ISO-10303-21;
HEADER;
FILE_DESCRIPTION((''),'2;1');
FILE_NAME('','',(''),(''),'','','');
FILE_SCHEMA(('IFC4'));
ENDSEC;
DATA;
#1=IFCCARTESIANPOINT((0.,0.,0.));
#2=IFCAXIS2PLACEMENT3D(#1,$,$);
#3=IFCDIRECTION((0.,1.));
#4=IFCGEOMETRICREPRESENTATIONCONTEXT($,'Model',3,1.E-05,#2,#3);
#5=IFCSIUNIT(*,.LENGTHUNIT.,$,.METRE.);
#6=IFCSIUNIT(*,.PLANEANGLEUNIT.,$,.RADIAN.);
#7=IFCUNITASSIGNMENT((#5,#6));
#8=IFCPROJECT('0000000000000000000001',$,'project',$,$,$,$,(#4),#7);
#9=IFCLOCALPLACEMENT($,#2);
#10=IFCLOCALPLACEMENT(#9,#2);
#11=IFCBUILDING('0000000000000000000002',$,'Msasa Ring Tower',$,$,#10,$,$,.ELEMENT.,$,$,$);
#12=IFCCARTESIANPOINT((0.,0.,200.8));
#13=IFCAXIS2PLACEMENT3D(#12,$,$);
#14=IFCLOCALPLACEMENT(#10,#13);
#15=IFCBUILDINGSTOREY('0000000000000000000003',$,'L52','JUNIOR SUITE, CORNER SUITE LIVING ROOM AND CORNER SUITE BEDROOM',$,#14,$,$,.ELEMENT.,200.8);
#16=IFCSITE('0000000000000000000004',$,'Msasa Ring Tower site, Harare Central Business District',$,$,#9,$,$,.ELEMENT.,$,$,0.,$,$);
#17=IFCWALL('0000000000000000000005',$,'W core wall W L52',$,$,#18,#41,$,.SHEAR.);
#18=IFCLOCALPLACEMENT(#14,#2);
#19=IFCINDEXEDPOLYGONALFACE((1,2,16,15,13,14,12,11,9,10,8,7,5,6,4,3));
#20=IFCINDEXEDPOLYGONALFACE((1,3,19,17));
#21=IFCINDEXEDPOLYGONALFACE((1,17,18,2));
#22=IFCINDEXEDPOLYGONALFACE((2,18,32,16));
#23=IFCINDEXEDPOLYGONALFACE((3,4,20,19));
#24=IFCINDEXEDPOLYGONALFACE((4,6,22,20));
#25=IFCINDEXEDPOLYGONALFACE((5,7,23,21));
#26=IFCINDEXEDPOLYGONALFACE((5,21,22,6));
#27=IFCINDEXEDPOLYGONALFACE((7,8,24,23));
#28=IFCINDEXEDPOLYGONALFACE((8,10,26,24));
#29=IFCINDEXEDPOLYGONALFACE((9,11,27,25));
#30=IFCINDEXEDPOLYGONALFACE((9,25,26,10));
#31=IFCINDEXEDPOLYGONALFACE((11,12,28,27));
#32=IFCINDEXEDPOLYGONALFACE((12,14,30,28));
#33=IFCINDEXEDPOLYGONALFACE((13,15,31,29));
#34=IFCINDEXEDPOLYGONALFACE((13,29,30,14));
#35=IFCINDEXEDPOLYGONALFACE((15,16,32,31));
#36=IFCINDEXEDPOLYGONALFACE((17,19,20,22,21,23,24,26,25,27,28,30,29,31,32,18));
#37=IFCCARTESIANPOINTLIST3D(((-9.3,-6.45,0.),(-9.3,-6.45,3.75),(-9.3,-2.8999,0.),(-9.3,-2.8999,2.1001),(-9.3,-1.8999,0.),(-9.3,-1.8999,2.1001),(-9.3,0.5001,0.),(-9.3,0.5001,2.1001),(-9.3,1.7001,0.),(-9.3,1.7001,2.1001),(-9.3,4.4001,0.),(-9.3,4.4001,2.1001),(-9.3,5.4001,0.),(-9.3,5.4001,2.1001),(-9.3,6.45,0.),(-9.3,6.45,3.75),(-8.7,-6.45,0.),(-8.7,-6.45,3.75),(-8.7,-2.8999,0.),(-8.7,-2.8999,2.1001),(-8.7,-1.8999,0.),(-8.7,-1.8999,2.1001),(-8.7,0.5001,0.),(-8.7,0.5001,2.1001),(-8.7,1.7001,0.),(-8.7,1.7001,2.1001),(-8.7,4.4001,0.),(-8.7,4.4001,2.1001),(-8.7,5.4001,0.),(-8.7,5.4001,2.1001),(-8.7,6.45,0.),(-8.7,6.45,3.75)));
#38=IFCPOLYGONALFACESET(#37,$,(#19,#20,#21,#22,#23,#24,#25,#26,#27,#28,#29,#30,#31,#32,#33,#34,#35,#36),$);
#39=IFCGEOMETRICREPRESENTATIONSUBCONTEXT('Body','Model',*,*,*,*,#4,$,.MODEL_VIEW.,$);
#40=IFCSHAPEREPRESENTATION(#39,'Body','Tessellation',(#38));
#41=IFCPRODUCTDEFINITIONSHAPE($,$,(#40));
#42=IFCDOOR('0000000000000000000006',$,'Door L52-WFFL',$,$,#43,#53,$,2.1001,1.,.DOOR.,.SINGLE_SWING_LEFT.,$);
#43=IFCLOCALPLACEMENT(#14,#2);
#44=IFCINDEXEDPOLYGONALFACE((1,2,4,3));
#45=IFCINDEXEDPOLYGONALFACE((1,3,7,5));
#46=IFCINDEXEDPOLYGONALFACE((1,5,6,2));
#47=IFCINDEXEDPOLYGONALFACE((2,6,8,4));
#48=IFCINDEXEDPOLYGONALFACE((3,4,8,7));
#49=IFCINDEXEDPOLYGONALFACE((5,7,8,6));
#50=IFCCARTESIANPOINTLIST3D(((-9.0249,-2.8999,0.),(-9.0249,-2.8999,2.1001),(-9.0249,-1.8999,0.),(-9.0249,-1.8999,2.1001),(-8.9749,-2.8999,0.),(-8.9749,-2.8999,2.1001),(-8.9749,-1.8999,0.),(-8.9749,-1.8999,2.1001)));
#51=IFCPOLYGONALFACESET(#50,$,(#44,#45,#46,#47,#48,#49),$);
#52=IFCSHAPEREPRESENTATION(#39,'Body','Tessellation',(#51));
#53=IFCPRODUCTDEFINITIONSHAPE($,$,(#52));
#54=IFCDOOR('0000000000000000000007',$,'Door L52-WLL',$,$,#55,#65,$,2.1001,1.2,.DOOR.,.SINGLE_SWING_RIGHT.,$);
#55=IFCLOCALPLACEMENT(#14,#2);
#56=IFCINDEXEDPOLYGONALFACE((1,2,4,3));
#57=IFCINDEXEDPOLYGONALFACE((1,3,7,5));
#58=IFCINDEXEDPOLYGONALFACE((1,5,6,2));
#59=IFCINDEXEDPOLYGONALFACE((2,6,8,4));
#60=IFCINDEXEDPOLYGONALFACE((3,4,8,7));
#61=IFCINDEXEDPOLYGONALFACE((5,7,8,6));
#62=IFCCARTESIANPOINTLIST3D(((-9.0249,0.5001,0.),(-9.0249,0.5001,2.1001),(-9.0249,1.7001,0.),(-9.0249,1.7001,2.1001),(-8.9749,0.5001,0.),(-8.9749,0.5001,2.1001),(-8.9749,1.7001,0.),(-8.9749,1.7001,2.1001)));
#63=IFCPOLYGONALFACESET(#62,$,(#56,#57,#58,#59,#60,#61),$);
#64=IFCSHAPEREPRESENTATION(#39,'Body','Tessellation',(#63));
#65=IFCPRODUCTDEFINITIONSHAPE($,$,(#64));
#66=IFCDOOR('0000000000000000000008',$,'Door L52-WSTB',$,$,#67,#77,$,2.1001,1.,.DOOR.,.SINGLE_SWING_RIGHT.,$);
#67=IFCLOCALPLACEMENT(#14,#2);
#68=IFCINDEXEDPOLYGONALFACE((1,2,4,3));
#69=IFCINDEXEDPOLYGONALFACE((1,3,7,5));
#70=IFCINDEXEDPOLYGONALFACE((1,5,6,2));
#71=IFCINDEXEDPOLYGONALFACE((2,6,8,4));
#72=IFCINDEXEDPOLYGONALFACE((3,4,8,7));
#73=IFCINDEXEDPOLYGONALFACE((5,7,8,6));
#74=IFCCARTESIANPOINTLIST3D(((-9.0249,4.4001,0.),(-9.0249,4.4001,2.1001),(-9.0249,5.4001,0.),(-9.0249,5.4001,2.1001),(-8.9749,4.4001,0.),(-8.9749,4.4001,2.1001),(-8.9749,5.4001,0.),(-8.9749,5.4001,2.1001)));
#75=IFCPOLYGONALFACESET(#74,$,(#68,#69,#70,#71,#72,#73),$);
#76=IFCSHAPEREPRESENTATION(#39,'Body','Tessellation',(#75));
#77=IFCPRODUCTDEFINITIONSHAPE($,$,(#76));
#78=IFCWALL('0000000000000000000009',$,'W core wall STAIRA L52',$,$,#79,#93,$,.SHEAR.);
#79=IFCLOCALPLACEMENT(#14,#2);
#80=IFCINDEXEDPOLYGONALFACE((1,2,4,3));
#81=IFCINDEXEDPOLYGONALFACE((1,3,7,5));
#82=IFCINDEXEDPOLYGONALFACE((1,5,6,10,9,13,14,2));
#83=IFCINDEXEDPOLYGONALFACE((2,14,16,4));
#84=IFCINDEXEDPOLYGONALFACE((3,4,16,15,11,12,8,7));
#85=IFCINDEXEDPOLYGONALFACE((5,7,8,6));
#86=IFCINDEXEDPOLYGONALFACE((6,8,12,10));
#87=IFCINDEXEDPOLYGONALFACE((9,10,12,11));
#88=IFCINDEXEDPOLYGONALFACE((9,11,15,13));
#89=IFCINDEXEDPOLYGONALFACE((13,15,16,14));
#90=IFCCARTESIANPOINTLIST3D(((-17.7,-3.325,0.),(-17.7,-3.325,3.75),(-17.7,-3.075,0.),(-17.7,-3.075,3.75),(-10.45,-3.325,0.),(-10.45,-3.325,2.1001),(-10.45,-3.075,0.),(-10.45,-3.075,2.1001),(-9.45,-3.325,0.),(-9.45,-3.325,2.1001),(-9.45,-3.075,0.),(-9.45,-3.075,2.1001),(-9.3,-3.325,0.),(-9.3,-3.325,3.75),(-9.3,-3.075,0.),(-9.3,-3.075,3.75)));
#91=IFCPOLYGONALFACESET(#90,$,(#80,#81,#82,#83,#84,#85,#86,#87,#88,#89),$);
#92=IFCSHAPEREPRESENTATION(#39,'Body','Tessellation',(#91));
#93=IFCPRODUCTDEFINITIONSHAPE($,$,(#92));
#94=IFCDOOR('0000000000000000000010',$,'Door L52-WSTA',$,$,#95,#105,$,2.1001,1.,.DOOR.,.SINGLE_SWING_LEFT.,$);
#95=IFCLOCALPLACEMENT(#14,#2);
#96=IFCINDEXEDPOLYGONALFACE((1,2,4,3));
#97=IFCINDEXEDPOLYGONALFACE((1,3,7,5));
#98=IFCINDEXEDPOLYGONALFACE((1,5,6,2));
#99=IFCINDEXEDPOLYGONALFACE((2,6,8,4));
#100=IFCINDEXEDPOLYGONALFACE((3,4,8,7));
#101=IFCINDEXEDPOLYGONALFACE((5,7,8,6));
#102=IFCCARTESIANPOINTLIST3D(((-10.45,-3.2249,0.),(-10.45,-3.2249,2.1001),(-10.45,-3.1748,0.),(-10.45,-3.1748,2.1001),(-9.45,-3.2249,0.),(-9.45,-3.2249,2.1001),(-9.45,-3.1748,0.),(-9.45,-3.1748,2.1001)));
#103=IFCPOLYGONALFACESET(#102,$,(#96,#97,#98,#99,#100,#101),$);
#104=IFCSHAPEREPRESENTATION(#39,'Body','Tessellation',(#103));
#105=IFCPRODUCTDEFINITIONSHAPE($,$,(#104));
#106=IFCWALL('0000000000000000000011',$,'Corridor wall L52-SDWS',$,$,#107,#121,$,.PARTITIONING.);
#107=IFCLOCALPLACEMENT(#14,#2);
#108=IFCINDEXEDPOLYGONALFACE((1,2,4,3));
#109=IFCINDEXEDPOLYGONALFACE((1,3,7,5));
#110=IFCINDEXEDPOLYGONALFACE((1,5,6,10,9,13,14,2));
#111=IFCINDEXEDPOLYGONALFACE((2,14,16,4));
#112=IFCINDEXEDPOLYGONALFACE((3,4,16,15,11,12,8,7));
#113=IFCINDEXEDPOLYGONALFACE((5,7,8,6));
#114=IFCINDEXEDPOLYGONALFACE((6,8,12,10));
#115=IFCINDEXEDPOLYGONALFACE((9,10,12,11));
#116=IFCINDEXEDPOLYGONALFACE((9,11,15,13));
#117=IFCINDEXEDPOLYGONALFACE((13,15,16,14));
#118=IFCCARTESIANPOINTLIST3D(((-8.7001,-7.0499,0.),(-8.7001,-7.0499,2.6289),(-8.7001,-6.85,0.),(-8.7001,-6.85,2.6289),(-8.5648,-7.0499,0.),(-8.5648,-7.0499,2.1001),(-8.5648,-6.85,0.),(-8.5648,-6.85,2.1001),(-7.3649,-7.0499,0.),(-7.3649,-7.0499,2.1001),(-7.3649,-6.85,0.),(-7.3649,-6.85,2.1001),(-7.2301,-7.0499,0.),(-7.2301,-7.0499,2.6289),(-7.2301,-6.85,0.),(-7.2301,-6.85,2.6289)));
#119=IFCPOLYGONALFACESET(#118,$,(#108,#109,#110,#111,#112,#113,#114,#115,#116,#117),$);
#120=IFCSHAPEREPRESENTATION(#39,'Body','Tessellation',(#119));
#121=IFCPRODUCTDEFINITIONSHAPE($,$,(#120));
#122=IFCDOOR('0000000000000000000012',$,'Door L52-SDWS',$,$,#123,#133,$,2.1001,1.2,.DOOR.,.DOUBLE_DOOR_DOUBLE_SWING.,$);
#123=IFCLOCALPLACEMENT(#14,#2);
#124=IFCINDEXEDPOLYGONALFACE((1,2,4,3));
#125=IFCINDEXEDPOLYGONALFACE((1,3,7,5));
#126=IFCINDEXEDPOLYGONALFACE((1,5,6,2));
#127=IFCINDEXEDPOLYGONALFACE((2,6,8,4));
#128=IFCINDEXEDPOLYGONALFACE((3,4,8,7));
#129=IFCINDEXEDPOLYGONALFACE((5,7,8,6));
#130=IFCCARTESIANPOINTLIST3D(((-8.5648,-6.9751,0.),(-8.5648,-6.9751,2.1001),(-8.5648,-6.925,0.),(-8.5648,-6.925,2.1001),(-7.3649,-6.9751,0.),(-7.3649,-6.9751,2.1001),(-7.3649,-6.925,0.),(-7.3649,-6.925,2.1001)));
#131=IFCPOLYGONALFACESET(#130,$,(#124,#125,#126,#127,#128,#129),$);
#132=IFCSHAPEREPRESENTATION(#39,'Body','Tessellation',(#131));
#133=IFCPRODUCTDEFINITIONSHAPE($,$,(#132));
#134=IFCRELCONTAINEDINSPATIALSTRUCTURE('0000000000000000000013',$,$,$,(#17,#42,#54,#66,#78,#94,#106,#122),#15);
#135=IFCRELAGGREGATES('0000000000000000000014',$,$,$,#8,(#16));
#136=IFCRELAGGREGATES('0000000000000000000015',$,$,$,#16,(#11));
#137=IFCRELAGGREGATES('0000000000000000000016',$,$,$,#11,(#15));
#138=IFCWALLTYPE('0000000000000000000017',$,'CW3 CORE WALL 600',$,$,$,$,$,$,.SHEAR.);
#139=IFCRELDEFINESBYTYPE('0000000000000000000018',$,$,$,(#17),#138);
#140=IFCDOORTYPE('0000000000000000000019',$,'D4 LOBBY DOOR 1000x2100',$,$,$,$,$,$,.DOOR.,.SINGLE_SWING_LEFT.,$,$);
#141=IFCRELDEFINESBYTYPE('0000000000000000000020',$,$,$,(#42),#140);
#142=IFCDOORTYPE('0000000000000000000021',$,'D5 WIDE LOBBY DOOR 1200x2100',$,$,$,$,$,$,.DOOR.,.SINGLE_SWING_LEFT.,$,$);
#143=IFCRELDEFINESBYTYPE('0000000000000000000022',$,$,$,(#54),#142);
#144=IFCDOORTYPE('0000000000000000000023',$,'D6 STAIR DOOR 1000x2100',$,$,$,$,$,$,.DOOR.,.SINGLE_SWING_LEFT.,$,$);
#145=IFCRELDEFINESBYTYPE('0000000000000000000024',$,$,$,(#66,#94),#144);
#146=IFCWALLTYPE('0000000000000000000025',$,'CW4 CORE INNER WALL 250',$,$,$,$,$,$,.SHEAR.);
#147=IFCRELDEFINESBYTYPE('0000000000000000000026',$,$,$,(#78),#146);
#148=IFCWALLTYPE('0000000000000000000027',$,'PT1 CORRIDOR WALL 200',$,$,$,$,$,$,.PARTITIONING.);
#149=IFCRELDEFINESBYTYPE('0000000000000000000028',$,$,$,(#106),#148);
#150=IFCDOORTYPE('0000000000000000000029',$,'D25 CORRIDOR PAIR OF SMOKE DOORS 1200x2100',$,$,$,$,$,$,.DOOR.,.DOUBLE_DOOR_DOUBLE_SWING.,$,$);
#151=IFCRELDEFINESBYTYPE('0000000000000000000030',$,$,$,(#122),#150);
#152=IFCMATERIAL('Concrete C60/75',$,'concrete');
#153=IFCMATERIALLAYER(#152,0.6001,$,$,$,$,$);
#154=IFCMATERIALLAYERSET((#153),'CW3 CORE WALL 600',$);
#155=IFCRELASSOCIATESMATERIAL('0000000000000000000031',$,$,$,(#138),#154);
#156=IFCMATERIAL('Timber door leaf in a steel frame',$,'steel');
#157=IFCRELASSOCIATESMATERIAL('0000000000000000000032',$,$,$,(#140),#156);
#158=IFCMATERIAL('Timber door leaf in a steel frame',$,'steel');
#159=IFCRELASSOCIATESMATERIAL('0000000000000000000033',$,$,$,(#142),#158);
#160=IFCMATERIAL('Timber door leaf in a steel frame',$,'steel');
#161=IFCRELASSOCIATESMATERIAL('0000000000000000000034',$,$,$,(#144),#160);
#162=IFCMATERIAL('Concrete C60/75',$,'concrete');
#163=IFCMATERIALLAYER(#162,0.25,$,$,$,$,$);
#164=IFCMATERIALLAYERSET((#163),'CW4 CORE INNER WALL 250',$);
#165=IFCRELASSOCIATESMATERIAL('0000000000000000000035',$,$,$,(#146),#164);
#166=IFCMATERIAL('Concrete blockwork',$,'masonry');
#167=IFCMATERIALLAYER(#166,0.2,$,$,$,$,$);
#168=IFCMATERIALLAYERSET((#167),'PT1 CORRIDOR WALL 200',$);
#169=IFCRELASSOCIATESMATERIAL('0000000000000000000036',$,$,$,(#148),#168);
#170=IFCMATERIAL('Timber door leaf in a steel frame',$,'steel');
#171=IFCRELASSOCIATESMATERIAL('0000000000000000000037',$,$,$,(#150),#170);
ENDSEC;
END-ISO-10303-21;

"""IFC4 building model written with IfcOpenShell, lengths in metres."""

from ifc_helpers import new_model, si_unit, direction, frame, frame_2d, origin, place, context, subcontext, project, spatial, rectangle, extrude, material, layer, layer_set, type_object, element, fill, save


model = new_model("IFC4")

# Units and contexts
model_context = context("Model", 3, precision=1e-05, world=origin(), true_north=direction((0.0, 1.0)))
body_context = subcontext(model_context, "Body", "Model", "MODEL_VIEW")
ifc_project = project(units=[si_unit("LENGTHUNIT", "METRE"), si_unit("PLANEANGLEUNIT", "RADIAN")], contexts=[model_context])

# Site, building, storey
site_placement = place(None, origin())
site = spatial("IfcSite", under=ifc_project, at=site_placement, Name="Msasa Ring Tower site, Harare Central Business District", CompositionType="ELEMENT", RefElevation=0.0)
building_placement = place(site_placement, origin())
building = spatial("IfcBuilding", under=site, at=building_placement, Name="Msasa Ring Tower", CompositionType="ELEMENT")
storey_placement = place(building_placement, frame((0.0, 0.0, 200.8)))
storey = spatial("IfcBuildingStorey", under=building, at=storey_placement, Name="L52", Description="JUNIOR SUITE, CORNER SUITE LIVING ROOM AND CORNER SUITE BEDROOM", CompositionType="ELEMENT", Elevation=200.8)

# Shared definitions
ifc_material_1 = material(Name="Concrete C60/75", Category="concrete")
ifc_layer_1 = layer(ifc_material_1, 0.6001)
ifc_layer_set_1 = layer_set([ifc_layer_1], Name="CW3 CORE WALL 600")
wall_type_1 = type_object("IfcWallType", Name="CW3 CORE WALL 600", PredefinedType="SHEAR", material=ifc_layer_set_1)

# Wall, openings, doors
wall_1_placement = place(storey_placement, frame((-9.0, -6.45, 0.0), z_axis=(0.0, 0.0, 1.0), x_axis=(0.0, 1.0, 0.0)))
wall_1 = element("IfcWall", 1, at=wall_1_placement, inside=storey, type_object=wall_type_1, Name="W core wall W L52", PredefinedType="SHEAR", context=body_context, shape_type="SweptSolid", body=[
    extrude(rectangle(XDim=12.8999, YDim=0.6001, at=frame_2d((6.45, 0.0))), origin(), (0.0, 0.0, 1.0), 3.75),
])
opening_1_placement = place(wall_1_placement, frame((3.55, 0.0, 0.0)))
opening_1 = element("IfcOpeningElement", 2, at=opening_1_placement, cuts=wall_1, PredefinedType="OPENING", context=body_context, shape_type="SweptSolid", body=[
    extrude(rectangle(XDim=1.0, YDim=2.1001, at=frame_2d((0.5, 1.05))), frame((0.0, 0.3101, 0.0), z_axis=(0.0, -1.0, 0.0), x_axis=(1.0, 0.0, 0.0)), (0.0, 0.0, 1.0), 0.6201),
])
opening_2_placement = place(wall_1_placement, frame((6.95, 0.0, 0.0)))
opening_2 = element("IfcOpeningElement", 3, at=opening_2_placement, cuts=wall_1, PredefinedType="OPENING", context=body_context, shape_type="SweptSolid", body=[
    extrude(rectangle(XDim=1.2, YDim=2.1001, at=frame_2d((0.6001, 1.05))), frame((0.0, 0.3101, 0.0), z_axis=(0.0, -1.0, 0.0), x_axis=(1.0, 0.0, 0.0)), (0.0, 0.0, 1.0), 0.6201),
])
opening_3_placement = place(wall_1_placement, frame((10.8501, 0.0, 0.0)))
opening_3 = element("IfcOpeningElement", 4, at=opening_3_placement, cuts=wall_1, PredefinedType="OPENING", context=body_context, shape_type="SweptSolid", body=[
    extrude(rectangle(XDim=1.0, YDim=2.1001, at=frame_2d((0.5, 1.05))), frame((0.0, 0.3101, 0.0), z_axis=(0.0, -1.0, 0.0), x_axis=(1.0, 0.0, 0.0)), (0.0, 0.0, 1.0), 0.6201),
])
ifc_material_2 = material(Name="Timber door leaf in a steel frame", Category="steel")
door_type_1 = type_object("IfcDoorType", Name="D4 LOBBY DOOR 1000x2100", OperationType="SINGLE_SWING_LEFT", PredefinedType="DOOR", material=ifc_material_2)
door_1_placement = place(opening_1_placement, origin())
door_1 = element("IfcDoor", 5, at=door_1_placement, inside=storey, type_object=door_type_1, Name="Door L52-WFFL", OperationType="SINGLE_SWING_LEFT", OverallHeight=2.1001, OverallWidth=1.0, PredefinedType="DOOR", context=body_context, shape_type="SweptSolid", body=[
    extrude(rectangle(XDim=1.0, YDim=2.1001, at=frame_2d((0.5, 1.05))), frame((0.0, 0.0249, 0.0), z_axis=(0.0, -1.0, 0.0), x_axis=(1.0, 0.0, 0.0)), (0.0, 0.0, 1.0), 0.05),
])
fill(opening_1, door_1)
ifc_material_3 = material(Name="Timber door leaf in a steel frame", Category="steel")
door_type_2 = type_object("IfcDoorType", Name="D5 WIDE LOBBY DOOR 1200x2100", OperationType="SINGLE_SWING_LEFT", PredefinedType="DOOR", material=ifc_material_3)
door_2_placement = place(opening_2_placement, origin())
door_2 = element("IfcDoor", 6, at=door_2_placement, inside=storey, type_object=door_type_2, Name="Door L52-WLL", OperationType="SINGLE_SWING_RIGHT", OverallHeight=2.1001, OverallWidth=1.2, PredefinedType="DOOR", context=body_context, shape_type="SweptSolid", body=[
    extrude(rectangle(XDim=1.2, YDim=2.1001, at=frame_2d((0.6001, 1.05))), frame((0.0, 0.0249, 0.0), z_axis=(0.0, -1.0, 0.0), x_axis=(1.0, 0.0, 0.0)), (0.0, 0.0, 1.0), 0.05),
])
fill(opening_2, door_2)
ifc_material_4 = material(Name="Timber door leaf in a steel frame", Category="steel")
door_type_3 = type_object("IfcDoorType", Name="D6 STAIR DOOR 1000x2100", OperationType="SINGLE_SWING_LEFT", PredefinedType="DOOR", material=ifc_material_4)
door_3_placement = place(opening_3_placement, origin())
door_3 = element("IfcDoor", 7, at=door_3_placement, inside=storey, type_object=door_type_3, Name="Door L52-WSTB", OperationType="SINGLE_SWING_RIGHT", OverallHeight=2.1001, OverallWidth=1.0, PredefinedType="DOOR", context=body_context, shape_type="SweptSolid", body=[
    extrude(rectangle(XDim=1.0, YDim=2.1001, at=frame_2d((0.5, 1.05))), frame((0.0, 0.0249, 0.0), z_axis=(0.0, -1.0, 0.0), x_axis=(1.0, 0.0, 0.0)), (0.0, 0.0, 1.0), 0.05),
])
fill(opening_3, door_3)

# Walls, openings, doors
ifc_material_5 = material(Name="Concrete C60/75", Category="concrete")
ifc_layer_2 = layer(ifc_material_5, 0.25)
ifc_layer_set_2 = layer_set([ifc_layer_2], Name="CW4 CORE INNER WALL 250")
wall_type_2 = type_object("IfcWallType", Name="CW4 CORE INNER WALL 250", PredefinedType="SHEAR", material=ifc_layer_set_2)
wall_2_placement = place(storey_placement, frame((-9.3, -3.2, 0.0), z_axis=(0.0, 0.0, 1.0), x_axis=(-1.0, 0.0, 0.0)))
wall_2 = element("IfcWall", 8, at=wall_2_placement, inside=storey, type_object=wall_type_2, Name="W core wall STAIRA L52", PredefinedType="SHEAR", context=body_context, shape_type="SweptSolid", body=[
    extrude(rectangle(XDim=8.3999, YDim=0.25, at=frame_2d((4.2, 0.0))), origin(), (0.0, 0.0, 1.0), 3.75),
])
opening_4_placement = place(wall_2_placement, frame((0.1499, 0.0, 0.0)))
opening_4 = element("IfcOpeningElement", 9, at=opening_4_placement, cuts=wall_2, PredefinedType="OPENING", context=body_context, shape_type="SweptSolid", body=[
    extrude(rectangle(XDim=1.0, YDim=2.1001, at=frame_2d((0.5, 1.05))), frame((0.0, 0.135, 0.0), z_axis=(0.0, -1.0, 0.0), x_axis=(1.0, 0.0, 0.0)), (0.0, 0.0, 1.0), 0.27),
])
door_4_placement = place(opening_4_placement, origin())
door_4 = element("IfcDoor", 10, at=door_4_placement, inside=storey, type_object=door_type_3, Name="Door L52-WSTA", OperationType="SINGLE_SWING_LEFT", OverallHeight=2.1001, OverallWidth=1.0, PredefinedType="DOOR", context=body_context, shape_type="SweptSolid", body=[
    extrude(rectangle(XDim=1.0, YDim=2.1001, at=frame_2d((0.5, 1.05))), frame((0.0, 0.0249, 0.0), z_axis=(0.0, -1.0, 0.0), x_axis=(1.0, 0.0, 0.0)), (0.0, 0.0, 1.0), 0.05),
])
fill(opening_4, door_4)
ifc_material_6 = material(Name="Concrete blockwork", Category="masonry")
ifc_layer_3 = layer(ifc_material_6, 0.2)
ifc_layer_set_3 = layer_set([ifc_layer_3], Name="PT1 CORRIDOR WALL 200")
wall_type_3 = type_object("IfcWallType", Name="PT1 CORRIDOR WALL 200", PredefinedType="PARTITIONING", material=ifc_layer_set_3)
wall_3_placement = place(storey_placement, frame((-8.7, -6.95, 0.0), z_axis=(0.0, 0.0, 1.0), x_axis=(1.0, 0.0, 0.0)))
wall_3 = element("IfcWall", 11, at=wall_3_placement, inside=storey, type_object=wall_type_3, Name="Corridor wall L52-SDWS", PredefinedType="PARTITIONING", context=body_context, shape_type="SweptSolid", body=[
    extrude(rectangle(XDim=1.47, YDim=0.2, at=frame_2d((0.7349, 0.0))), origin(), (0.0, 0.0, 1.0), 2.6289),
])
opening_5_placement = place(wall_3_placement, frame((0.135, 0.0, 0.0)))
opening_5 = element("IfcOpeningElement", 12, at=opening_5_placement, cuts=wall_3, PredefinedType="OPENING", context=body_context, shape_type="SweptSolid", body=[
    extrude(rectangle(XDim=1.2, YDim=2.1001, at=frame_2d((0.6001, 1.05))), frame((0.0, 0.1099, 0.0), z_axis=(0.0, -1.0, 0.0), x_axis=(1.0, 0.0, 0.0)), (0.0, 0.0, 1.0), 0.22),
])
ifc_material_7 = material(Name="Timber door leaf in a steel frame", Category="steel")
door_type_4 = type_object("IfcDoorType", Name="D25 CORRIDOR PAIR OF SMOKE DOORS 1200x2100", OperationType="DOUBLE_DOOR_DOUBLE_SWING", PredefinedType="DOOR", material=ifc_material_7)
door_5_placement = place(opening_5_placement, origin())
door_5 = element("IfcDoor", 13, at=door_5_placement, inside=storey, type_object=door_type_4, Name="Door L52-SDWS", OperationType="DOUBLE_DOOR_DOUBLE_SWING", OverallHeight=2.1001, OverallWidth=1.2, PredefinedType="DOOR", context=body_context, shape_type="SweptSolid", body=[
    extrude(rectangle(XDim=1.2, YDim=2.1001, at=frame_2d((0.6001, 1.05))), frame((0.0, 0.0249, 0.0), z_axis=(0.0, -1.0, 0.0), x_axis=(1.0, 0.0, 0.0)), (0.0, 0.0, 1.0), 0.05),
])
fill(opening_5, door_5)

save(model, "model.ifc")
